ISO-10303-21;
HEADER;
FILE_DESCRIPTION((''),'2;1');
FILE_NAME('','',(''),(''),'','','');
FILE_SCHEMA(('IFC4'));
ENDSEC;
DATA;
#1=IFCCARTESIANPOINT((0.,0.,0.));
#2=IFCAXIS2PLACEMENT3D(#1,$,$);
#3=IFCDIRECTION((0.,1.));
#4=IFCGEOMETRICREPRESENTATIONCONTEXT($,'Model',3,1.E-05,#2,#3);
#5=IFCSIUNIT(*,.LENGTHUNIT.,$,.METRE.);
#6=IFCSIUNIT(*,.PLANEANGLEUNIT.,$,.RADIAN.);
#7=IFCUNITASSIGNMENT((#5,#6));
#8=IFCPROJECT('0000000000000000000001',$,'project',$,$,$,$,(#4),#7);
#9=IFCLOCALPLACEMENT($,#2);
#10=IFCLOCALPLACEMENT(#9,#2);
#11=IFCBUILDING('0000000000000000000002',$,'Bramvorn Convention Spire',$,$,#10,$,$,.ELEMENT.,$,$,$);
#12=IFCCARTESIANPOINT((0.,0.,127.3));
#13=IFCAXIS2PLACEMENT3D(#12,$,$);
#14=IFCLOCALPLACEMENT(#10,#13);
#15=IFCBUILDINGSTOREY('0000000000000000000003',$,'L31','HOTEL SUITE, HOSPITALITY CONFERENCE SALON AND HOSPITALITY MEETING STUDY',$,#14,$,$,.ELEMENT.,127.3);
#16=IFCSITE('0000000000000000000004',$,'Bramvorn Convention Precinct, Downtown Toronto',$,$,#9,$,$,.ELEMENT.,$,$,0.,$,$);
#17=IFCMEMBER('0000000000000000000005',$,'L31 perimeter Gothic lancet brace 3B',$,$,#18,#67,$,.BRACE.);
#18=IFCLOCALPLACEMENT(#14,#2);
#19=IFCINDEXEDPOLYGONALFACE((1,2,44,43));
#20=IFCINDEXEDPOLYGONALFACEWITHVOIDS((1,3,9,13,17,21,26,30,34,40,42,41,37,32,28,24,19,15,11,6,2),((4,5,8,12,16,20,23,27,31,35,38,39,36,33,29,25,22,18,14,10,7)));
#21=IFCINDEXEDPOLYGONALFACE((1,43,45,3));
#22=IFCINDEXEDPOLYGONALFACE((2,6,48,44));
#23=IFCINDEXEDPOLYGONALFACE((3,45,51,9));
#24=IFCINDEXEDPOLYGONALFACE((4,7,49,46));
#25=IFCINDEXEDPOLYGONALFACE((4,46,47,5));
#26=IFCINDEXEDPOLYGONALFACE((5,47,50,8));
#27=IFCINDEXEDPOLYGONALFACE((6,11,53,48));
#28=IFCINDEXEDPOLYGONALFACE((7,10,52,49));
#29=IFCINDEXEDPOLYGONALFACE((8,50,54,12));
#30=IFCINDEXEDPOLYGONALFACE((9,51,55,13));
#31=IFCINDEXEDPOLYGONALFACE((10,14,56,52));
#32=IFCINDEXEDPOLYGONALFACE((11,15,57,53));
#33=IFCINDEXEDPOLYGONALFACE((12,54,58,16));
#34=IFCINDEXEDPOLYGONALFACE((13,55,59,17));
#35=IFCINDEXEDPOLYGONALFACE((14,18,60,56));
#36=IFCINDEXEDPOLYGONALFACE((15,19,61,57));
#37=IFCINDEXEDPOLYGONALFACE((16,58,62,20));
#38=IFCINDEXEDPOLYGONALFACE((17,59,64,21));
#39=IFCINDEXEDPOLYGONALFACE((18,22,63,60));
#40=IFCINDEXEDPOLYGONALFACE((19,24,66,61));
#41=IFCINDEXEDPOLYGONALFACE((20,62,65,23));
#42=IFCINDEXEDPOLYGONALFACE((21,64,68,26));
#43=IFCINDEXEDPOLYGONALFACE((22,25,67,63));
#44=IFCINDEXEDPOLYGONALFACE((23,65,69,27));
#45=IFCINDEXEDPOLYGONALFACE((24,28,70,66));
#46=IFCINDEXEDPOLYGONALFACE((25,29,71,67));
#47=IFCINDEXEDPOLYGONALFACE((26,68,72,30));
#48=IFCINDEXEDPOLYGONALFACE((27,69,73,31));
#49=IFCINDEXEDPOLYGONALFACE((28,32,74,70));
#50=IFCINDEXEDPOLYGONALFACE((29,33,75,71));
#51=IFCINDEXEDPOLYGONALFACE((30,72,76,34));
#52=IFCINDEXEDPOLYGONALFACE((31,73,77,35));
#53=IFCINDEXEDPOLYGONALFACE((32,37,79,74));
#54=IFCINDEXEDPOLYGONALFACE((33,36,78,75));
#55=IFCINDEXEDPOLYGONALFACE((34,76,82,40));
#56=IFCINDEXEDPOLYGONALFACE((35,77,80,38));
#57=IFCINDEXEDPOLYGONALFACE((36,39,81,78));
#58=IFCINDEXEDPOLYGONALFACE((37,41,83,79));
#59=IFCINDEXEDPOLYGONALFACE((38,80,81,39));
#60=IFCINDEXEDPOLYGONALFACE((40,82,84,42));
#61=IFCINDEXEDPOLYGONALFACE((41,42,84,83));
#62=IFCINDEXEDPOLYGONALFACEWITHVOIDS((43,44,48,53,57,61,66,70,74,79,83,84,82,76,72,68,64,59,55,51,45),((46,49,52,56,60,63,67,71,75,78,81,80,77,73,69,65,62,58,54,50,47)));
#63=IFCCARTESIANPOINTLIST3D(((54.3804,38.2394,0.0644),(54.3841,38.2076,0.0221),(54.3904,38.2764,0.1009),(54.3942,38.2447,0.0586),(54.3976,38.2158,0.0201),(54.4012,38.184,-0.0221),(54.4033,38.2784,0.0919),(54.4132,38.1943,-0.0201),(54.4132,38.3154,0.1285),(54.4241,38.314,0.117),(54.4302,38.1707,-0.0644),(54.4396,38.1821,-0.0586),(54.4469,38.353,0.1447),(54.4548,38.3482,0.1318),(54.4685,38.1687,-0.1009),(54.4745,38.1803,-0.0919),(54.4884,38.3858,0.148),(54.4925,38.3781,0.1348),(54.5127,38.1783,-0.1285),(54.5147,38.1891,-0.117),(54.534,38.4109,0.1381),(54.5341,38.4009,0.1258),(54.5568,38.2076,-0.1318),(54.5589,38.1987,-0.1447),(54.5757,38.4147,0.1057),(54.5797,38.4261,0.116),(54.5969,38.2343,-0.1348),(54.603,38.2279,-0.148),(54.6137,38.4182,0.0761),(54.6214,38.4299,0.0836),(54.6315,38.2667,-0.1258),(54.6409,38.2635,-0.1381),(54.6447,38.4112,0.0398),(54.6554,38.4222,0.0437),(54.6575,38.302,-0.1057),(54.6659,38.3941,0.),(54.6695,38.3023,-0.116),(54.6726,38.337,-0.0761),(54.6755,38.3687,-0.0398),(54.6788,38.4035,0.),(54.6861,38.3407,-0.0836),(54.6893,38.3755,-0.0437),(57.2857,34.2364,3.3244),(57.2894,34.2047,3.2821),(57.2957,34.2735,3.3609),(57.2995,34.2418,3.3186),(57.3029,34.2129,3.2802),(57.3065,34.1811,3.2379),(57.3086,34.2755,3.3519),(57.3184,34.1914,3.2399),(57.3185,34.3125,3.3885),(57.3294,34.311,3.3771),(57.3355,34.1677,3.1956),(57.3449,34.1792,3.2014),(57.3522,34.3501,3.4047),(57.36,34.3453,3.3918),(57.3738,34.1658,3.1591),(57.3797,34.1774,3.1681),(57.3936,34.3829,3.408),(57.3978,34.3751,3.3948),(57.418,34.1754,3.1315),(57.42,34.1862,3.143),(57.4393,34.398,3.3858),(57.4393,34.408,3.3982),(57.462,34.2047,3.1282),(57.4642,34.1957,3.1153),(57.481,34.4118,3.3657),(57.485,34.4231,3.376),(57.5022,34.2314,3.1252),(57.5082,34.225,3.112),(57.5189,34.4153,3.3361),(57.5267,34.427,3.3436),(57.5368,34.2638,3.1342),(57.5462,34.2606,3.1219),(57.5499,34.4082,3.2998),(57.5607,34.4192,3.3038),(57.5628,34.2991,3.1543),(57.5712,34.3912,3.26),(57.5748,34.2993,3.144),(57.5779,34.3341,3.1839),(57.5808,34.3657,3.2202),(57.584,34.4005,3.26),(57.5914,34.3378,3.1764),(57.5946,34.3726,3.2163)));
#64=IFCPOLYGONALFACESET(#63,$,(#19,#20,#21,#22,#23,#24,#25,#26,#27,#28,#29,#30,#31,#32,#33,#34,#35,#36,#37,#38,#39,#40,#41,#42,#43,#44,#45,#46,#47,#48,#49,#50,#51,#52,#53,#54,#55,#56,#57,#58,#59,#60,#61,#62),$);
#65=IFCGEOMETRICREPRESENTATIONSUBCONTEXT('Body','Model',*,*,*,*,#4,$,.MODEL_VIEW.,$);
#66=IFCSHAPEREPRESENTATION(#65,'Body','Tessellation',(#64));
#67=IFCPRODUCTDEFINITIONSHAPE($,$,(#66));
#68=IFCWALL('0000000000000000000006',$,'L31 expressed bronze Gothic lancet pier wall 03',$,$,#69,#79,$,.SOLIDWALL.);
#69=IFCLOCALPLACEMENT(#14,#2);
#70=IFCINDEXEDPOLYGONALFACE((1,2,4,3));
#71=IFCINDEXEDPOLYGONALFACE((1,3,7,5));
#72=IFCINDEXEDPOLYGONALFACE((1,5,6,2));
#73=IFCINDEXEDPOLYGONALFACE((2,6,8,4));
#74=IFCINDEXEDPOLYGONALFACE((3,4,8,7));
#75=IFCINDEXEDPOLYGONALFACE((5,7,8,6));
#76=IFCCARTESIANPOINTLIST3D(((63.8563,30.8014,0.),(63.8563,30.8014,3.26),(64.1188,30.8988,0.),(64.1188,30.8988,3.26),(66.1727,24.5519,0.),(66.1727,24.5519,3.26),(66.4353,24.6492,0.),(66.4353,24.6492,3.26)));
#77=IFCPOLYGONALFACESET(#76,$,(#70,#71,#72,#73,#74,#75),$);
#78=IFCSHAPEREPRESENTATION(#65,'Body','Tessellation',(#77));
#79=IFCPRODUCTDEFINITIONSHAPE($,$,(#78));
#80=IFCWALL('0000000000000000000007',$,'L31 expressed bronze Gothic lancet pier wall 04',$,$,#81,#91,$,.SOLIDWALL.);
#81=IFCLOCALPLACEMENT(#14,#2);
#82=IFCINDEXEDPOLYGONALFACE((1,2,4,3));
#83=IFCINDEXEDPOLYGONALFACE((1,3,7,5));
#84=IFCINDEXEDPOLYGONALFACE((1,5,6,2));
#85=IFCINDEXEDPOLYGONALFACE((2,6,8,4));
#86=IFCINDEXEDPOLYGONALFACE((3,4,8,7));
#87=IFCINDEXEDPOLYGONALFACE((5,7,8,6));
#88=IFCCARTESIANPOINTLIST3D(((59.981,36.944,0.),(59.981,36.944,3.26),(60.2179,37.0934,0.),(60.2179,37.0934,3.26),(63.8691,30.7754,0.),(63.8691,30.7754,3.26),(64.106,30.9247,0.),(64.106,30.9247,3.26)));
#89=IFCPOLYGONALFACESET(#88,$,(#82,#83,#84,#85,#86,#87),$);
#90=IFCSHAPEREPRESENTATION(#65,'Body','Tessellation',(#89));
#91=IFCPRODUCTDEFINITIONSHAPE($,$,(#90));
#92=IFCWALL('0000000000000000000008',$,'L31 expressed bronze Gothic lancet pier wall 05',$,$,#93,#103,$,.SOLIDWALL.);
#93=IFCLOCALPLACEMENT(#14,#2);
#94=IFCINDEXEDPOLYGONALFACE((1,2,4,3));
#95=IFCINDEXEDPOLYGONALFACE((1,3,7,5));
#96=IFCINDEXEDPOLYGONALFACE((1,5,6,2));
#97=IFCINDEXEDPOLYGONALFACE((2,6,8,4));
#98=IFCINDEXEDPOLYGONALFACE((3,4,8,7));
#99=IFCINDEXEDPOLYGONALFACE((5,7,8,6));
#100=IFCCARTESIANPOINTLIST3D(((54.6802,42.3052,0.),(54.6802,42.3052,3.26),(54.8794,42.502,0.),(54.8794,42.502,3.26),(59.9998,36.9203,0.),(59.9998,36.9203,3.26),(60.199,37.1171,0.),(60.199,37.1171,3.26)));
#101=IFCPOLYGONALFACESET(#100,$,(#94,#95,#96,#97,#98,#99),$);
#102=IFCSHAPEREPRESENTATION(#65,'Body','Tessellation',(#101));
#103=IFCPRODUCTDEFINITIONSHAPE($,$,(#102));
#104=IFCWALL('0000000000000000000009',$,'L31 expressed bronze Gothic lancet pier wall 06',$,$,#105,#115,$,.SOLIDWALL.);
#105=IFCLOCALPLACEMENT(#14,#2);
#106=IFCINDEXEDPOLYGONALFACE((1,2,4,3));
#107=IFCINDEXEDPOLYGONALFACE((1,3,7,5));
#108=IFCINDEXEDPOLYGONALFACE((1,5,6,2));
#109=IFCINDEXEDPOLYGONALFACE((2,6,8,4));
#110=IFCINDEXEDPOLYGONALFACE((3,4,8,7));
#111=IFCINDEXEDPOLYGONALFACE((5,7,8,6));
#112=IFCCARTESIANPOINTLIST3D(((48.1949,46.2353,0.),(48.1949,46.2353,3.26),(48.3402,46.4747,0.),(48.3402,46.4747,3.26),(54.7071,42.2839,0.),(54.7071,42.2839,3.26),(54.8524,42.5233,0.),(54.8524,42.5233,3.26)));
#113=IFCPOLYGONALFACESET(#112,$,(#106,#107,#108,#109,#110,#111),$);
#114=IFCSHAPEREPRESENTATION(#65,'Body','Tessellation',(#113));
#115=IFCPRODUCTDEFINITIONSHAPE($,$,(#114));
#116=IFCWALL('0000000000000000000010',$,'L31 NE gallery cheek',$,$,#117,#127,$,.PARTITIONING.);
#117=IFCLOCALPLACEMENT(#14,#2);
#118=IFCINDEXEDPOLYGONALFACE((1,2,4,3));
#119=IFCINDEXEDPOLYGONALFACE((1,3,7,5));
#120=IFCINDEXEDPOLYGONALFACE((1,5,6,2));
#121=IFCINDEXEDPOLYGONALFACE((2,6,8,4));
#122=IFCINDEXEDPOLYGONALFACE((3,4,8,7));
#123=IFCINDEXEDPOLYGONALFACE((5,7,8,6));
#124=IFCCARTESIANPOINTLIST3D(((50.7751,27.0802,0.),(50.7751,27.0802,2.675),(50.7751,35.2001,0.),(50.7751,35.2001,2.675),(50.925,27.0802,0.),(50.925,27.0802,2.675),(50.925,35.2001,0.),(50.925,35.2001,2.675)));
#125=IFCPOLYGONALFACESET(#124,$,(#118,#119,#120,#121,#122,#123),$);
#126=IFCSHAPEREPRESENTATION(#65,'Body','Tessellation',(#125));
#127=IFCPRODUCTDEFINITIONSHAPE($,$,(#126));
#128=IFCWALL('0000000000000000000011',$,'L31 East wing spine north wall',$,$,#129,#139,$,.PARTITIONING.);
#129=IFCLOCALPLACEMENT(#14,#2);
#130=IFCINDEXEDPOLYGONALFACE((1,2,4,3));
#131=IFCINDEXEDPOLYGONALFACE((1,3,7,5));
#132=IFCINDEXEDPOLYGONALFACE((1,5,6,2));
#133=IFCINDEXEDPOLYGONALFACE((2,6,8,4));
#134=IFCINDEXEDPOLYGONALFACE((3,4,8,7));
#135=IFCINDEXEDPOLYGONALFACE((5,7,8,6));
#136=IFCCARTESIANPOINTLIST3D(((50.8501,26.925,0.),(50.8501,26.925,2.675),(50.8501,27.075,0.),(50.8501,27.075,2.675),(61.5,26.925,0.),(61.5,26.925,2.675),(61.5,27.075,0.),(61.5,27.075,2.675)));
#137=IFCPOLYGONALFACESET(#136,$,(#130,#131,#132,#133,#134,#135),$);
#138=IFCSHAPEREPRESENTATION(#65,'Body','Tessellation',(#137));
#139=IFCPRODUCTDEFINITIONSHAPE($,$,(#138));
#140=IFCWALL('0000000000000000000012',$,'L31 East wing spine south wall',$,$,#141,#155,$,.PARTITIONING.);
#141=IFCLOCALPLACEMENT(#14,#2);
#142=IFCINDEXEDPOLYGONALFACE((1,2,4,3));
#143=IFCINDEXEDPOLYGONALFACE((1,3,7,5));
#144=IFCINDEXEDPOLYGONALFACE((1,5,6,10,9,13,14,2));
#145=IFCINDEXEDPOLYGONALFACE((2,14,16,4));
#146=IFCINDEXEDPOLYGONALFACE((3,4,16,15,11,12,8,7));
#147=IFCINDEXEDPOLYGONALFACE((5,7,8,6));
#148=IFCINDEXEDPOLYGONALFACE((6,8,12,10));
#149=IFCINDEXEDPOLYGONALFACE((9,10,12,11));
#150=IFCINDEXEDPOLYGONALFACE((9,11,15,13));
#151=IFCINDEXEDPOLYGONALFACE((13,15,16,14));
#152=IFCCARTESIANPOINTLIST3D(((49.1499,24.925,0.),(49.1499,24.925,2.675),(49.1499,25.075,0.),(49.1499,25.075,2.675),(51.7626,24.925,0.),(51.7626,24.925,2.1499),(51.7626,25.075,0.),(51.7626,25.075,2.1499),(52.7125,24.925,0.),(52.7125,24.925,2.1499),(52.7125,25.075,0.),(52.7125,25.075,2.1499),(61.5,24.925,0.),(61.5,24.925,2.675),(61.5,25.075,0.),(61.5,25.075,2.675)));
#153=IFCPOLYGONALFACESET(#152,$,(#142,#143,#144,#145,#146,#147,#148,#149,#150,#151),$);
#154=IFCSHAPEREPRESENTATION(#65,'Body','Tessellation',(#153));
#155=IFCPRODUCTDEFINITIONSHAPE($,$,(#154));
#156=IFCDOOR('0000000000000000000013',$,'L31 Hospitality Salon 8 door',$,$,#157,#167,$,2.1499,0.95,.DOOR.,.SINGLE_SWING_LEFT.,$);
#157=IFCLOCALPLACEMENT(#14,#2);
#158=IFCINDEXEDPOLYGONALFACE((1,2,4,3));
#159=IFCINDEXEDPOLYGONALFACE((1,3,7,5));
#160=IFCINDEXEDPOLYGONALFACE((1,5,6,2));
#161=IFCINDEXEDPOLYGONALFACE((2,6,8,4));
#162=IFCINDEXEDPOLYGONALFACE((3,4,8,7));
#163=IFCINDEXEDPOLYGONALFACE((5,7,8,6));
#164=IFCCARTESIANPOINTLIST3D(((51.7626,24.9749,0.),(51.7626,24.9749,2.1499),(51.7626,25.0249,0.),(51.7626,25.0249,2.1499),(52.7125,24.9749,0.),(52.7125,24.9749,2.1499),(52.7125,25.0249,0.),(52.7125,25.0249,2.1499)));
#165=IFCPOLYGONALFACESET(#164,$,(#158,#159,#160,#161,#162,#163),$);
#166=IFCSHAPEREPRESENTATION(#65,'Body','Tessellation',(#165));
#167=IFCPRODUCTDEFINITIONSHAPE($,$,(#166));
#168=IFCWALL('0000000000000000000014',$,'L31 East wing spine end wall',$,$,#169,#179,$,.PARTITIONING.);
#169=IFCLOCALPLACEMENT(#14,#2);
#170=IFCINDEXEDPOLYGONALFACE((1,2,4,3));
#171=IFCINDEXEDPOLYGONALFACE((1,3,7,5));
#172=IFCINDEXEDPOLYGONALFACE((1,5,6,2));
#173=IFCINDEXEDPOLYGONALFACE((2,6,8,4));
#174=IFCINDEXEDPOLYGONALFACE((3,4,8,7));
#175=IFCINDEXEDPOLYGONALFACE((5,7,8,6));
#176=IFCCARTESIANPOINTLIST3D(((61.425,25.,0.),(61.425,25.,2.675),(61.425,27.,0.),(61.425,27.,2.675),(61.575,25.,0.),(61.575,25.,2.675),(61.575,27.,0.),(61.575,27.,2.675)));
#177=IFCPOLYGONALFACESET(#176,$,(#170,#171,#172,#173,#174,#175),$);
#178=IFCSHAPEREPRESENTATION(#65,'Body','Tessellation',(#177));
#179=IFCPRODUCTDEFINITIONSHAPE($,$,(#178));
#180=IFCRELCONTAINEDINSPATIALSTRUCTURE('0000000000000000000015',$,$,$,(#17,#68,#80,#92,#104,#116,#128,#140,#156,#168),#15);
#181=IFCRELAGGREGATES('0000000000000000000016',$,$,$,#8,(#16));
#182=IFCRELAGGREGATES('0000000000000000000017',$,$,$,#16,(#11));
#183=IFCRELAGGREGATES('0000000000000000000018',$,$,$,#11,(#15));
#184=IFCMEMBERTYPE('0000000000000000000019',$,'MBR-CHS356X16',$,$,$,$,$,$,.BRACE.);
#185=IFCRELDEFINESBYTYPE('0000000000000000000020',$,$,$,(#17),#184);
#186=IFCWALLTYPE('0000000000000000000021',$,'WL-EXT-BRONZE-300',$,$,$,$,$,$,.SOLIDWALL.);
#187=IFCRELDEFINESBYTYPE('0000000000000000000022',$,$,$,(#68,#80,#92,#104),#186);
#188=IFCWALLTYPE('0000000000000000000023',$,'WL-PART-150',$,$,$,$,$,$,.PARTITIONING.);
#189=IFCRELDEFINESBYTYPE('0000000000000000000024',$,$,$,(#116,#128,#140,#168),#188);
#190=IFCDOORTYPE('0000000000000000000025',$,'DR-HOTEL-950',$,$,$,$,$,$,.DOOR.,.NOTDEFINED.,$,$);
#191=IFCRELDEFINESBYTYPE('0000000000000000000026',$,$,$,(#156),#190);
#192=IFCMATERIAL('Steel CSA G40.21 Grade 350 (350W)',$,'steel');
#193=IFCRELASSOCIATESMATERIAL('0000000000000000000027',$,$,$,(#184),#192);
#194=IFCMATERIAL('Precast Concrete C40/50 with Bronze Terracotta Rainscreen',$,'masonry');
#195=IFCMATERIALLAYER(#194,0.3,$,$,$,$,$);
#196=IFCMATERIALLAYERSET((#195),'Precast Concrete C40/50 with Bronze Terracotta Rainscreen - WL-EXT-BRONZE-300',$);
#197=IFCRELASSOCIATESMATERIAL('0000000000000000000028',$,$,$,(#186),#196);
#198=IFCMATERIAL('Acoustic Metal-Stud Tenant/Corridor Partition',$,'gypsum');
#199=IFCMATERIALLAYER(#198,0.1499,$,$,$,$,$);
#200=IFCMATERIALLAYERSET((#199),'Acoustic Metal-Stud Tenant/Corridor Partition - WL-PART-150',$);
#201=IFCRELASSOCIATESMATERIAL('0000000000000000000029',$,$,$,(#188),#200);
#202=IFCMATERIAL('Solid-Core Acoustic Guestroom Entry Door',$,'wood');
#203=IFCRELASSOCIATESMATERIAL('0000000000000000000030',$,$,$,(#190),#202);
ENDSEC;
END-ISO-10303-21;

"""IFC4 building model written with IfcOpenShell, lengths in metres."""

from ifc_helpers import new_model, si_unit, direction, frame, frame_2d, origin, origin_2d, place, context, subcontext, project, spatial, rectangle, hollow_circle, extrude, material, layer, layer_set, material_profile, profile_set, type_object, element, fill, save


model = new_model("IFC4")

# Units and contexts
model_context = context("Model", 3, precision=1e-05, world=origin(), true_north=direction((0.0, 1.0)))
body_context = subcontext(model_context, "Body", "Model", "MODEL_VIEW")
ifc_project = project(units=[si_unit("LENGTHUNIT", "METRE"), si_unit("PLANEANGLEUNIT", "RADIAN")], contexts=[model_context])

# Site, building, storey
site_placement = place(None, origin())
site = spatial("IfcSite", under=ifc_project, at=site_placement, Name="Bramvorn Convention Precinct, Downtown Toronto", CompositionType="ELEMENT", RefElevation=0.0)
building_placement = place(site_placement, origin())
building = spatial("IfcBuilding", under=site, at=building_placement, Name="Bramvorn Convention Spire", CompositionType="ELEMENT")
storey_placement = place(building_placement, frame((0.0, 0.0, 127.3)))
storey = spatial("IfcBuildingStorey", under=building, at=storey_placement, Name="L31", Description="HOTEL SUITE, HOSPITALITY CONFERENCE SALON AND HOSPITALITY MEETING STUDY", CompositionType="ELEMENT", Elevation=127.3)

# Shared definitions
ifc_material_1 = material(Name="Steel CSA G40.21 Grade 350 (350W)", Category="steel")

# Member
ifc_material_profile_1 = material_profile(ifc_material_1, hollow_circle(Radius=0.1777, WallThickness=0.0159, at=origin_2d()))
ifc_profile_set_1 = profile_set([ifc_material_profile_1], Name="Steel CSA G40.21 Grade 350 (350W) - CHS356X16")
member_type_1 = type_object("IfcMemberType", Name="MBR-CHS356X16", PredefinedType="BRACE", material=ifc_profile_set_1)
for number, where, z_axis, x_axis, name in (
    (1, (54.5349, 38.2991, 0.0), (0.490439, -0.675734, 0.550322), (0.809308, 0.587385, 0.0), "L31 perimeter Gothic lancet brace 3B"),
):
    element("IfcMember", number, at=place(storey_placement, frame(where, z_axis=z_axis, x_axis=x_axis)), inside=storey, type_object=member_type_1, Name=name, PredefinedType="BRACE", context=body_context, shape_type="SweptSolid", body=[
        extrude(hollow_circle(Radius=0.1777, WallThickness=0.0159, at=origin_2d()), origin(), (0.0, 0.0, 1.0), 5.9238),
    ])

# Walls
ifc_material_2 = material(Name="Precast Concrete C40/50 with Bronze Terracotta Rainscreen", Category="masonry")
ifc_layer_1 = layer(ifc_material_2, 0.3)
ifc_layer_set_1 = layer_set([ifc_layer_1], Name="Precast Concrete C40/50 with Bronze Terracotta Rainscreen - WL-EXT-BRONZE-300")
wall_type_1 = type_object("IfcWallType", Name="WL-EXT-BRONZE-300", PredefinedType="SOLIDWALL", material=ifc_layer_set_1)
wall_1_placement = place(storey_placement, frame((63.9875, 30.8501, 0.0), z_axis=(0.0, 0.0, 1.0), x_axis=(0.347548, -0.937662, 0.0)))
element("IfcWall", 2, at=wall_1_placement, inside=storey, type_object=wall_type_1, Name="L31 expressed bronze Gothic lancet pier wall 03", PredefinedType="SOLIDWALL", context=body_context, shape_type="SweptSolid", body=[
    extrude(rectangle(XDim=6.665, YDim=0.28, at=frame_2d((3.3325, 0.0))), origin(), (0.0, 0.0, 1.0), 3.26),
])
wall_2_placement = place(storey_placement, frame((60.0994, 37.0188, 0.0), z_axis=(0.0, 0.0, 1.0), x_axis=(0.533224, -0.845974, 0.0)))
element("IfcWall", 3, at=wall_2_placement, inside=storey, type_object=wall_type_1, Name="L31 expressed bronze Gothic lancet pier wall 04", PredefinedType="SOLIDWALL", context=body_context, shape_type="SweptSolid", body=[
    extrude(rectangle(XDim=7.2917, YDim=0.28, at=frame_2d((3.646, 0.0))), origin(), (0.0, 0.0, 1.0), 3.26),
])
wall_3_placement = place(storey_placement, frame((54.7798, 42.4036, 0.0), z_axis=(0.0, 0.0, 1.0), x_axis=(0.702788, -0.7114, 0.0)))
element("IfcWall", 4, at=wall_3_placement, inside=storey, type_object=wall_type_1, Name="L31 expressed bronze Gothic lancet pier wall 05", PredefinedType="SOLIDWALL", context=body_context, shape_type="SweptSolid", body=[
    extrude(rectangle(XDim=7.5693, YDim=0.28, at=frame_2d((3.7847, 0.0))), origin(), (0.0, 0.0, 1.0), 3.26),
])
wall_4_placement = place(storey_placement, frame((48.2676, 46.355, 0.0), z_axis=(0.0, 0.0, 1.0), x_axis=(0.854929, -0.518746, 0.0)))
element("IfcWall", 5, at=wall_4_placement, inside=storey, type_object=wall_type_1, Name="L31 expressed bronze Gothic lancet pier wall 06", PredefinedType="SOLIDWALL", context=body_context, shape_type="SweptSolid", body=[
    extrude(rectangle(XDim=7.6172, YDim=0.28, at=frame_2d((3.8086, 0.0))), origin(), (0.0, 0.0, 1.0), 3.26),
])
ifc_material_3 = material(Name="Acoustic Metal-Stud Tenant/Corridor Partition", Category="gypsum")
ifc_layer_2 = layer(ifc_material_3, 0.1499)
ifc_layer_set_2 = layer_set([ifc_layer_2], Name="Acoustic Metal-Stud Tenant/Corridor Partition - WL-PART-150")
wall_type_2 = type_object("IfcWallType", Name="WL-PART-150", PredefinedType="PARTITIONING", material=ifc_layer_set_2)
wall_5_placement = place(storey_placement, frame((50.8501, 27.0801, 0.0), z_axis=(0.0, 0.0, 1.0), x_axis=(0.0, 1.0, 0.0)))
element("IfcWall", 6, at=wall_5_placement, inside=storey, type_object=wall_type_2, Name="L31 NE gallery cheek", PredefinedType="PARTITIONING", context=body_context, shape_type="SweptSolid", body=[
    extrude(rectangle(XDim=8.1199, YDim=0.1499, at=frame_2d((4.0601, 0.0))), origin(), (0.0, 0.0, 1.0), 2.675),
])
wall_6_placement = place(storey_placement, frame((50.8501, 27.0, 0.0), z_axis=(0.0, 0.0, 1.0), x_axis=(1.0, 0.0, 0.0)))
element("IfcWall", 7, at=wall_6_placement, inside=storey, type_object=wall_type_2, Name="L31 East wing spine north wall", PredefinedType="PARTITIONING", context=body_context, shape_type="SweptSolid", body=[
    extrude(rectangle(XDim=10.6499, YDim=0.1499, at=frame_2d((5.325, 0.0))), origin(), (0.0, 0.0, 1.0), 2.675),
])

# Wall, opening, door
wall_7_placement = place(storey_placement, frame((49.1499, 25.0, 0.0), z_axis=(0.0, 0.0, 1.0), x_axis=(1.0, 0.0, 0.0)))
wall_7 = element("IfcWall", 8, at=wall_7_placement, inside=storey, type_object=wall_type_2, Name="L31 East wing spine south wall", PredefinedType="PARTITIONING", context=body_context, shape_type="SweptSolid", body=[
    extrude(rectangle(XDim=12.3501, YDim=0.1499, at=frame_2d((6.175, 0.0))), origin(), (0.0, 0.0, 1.0), 2.675),
])
opening_placement = place(wall_7_placement, frame((2.6125, 0.0, 0.0)))
opening = element("IfcOpeningElement", 9, at=opening_placement, cuts=wall_7, PredefinedType="OPENING", context=body_context, shape_type="SweptSolid", body=[
    extrude(rectangle(XDim=0.95, YDim=2.1499, at=frame_2d((0.4751, 1.075))), frame((0.0, 0.085, 0.0), z_axis=(0.0, -1.0, 0.0), x_axis=(1.0, 0.0, 0.0)), (0.0, 0.0, 1.0), 0.1699),
])
ifc_material_4 = material(Name="Solid-Core Acoustic Guestroom Entry Door", Category="wood")
door_type = type_object("IfcDoorType", Name="DR-HOTEL-950", OperationType="NOTDEFINED", PredefinedType="DOOR", material=ifc_material_4)
door_placement = place(opening_placement, origin())
door = element("IfcDoor", 10, at=door_placement, inside=storey, type_object=door_type, Name="L31 Hospitality Salon 8 door", OperationType="SINGLE_SWING_LEFT", OverallHeight=2.1499, OverallWidth=0.95, PredefinedType="DOOR", context=body_context, shape_type="SweptSolid", body=[
    extrude(rectangle(XDim=0.95, YDim=2.1499, at=frame_2d((0.4751, 1.075))), frame((0.0, 0.0249, 0.0), z_axis=(0.0, -1.0, 0.0), x_axis=(1.0, 0.0, 0.0)), (0.0, 0.0, 1.0), 0.05),
])
fill(opening, door)

# Wall
wall_8_placement = place(storey_placement, frame((61.5, 25.0, 0.0), z_axis=(0.0, 0.0, 1.0), x_axis=(0.0, 1.0, 0.0)))
element("IfcWall", 11, at=wall_8_placement, inside=storey, type_object=wall_type_2, Name="L31 East wing spine end wall", PredefinedType="PARTITIONING", context=body_context, shape_type="SweptSolid", body=[
    extrude(rectangle(XDim=2.0, YDim=0.1499, at=frame_2d((1.0, 0.0))), origin(), (0.0, 0.0, 1.0), 2.675),
])

save(model, "model.ifc")
